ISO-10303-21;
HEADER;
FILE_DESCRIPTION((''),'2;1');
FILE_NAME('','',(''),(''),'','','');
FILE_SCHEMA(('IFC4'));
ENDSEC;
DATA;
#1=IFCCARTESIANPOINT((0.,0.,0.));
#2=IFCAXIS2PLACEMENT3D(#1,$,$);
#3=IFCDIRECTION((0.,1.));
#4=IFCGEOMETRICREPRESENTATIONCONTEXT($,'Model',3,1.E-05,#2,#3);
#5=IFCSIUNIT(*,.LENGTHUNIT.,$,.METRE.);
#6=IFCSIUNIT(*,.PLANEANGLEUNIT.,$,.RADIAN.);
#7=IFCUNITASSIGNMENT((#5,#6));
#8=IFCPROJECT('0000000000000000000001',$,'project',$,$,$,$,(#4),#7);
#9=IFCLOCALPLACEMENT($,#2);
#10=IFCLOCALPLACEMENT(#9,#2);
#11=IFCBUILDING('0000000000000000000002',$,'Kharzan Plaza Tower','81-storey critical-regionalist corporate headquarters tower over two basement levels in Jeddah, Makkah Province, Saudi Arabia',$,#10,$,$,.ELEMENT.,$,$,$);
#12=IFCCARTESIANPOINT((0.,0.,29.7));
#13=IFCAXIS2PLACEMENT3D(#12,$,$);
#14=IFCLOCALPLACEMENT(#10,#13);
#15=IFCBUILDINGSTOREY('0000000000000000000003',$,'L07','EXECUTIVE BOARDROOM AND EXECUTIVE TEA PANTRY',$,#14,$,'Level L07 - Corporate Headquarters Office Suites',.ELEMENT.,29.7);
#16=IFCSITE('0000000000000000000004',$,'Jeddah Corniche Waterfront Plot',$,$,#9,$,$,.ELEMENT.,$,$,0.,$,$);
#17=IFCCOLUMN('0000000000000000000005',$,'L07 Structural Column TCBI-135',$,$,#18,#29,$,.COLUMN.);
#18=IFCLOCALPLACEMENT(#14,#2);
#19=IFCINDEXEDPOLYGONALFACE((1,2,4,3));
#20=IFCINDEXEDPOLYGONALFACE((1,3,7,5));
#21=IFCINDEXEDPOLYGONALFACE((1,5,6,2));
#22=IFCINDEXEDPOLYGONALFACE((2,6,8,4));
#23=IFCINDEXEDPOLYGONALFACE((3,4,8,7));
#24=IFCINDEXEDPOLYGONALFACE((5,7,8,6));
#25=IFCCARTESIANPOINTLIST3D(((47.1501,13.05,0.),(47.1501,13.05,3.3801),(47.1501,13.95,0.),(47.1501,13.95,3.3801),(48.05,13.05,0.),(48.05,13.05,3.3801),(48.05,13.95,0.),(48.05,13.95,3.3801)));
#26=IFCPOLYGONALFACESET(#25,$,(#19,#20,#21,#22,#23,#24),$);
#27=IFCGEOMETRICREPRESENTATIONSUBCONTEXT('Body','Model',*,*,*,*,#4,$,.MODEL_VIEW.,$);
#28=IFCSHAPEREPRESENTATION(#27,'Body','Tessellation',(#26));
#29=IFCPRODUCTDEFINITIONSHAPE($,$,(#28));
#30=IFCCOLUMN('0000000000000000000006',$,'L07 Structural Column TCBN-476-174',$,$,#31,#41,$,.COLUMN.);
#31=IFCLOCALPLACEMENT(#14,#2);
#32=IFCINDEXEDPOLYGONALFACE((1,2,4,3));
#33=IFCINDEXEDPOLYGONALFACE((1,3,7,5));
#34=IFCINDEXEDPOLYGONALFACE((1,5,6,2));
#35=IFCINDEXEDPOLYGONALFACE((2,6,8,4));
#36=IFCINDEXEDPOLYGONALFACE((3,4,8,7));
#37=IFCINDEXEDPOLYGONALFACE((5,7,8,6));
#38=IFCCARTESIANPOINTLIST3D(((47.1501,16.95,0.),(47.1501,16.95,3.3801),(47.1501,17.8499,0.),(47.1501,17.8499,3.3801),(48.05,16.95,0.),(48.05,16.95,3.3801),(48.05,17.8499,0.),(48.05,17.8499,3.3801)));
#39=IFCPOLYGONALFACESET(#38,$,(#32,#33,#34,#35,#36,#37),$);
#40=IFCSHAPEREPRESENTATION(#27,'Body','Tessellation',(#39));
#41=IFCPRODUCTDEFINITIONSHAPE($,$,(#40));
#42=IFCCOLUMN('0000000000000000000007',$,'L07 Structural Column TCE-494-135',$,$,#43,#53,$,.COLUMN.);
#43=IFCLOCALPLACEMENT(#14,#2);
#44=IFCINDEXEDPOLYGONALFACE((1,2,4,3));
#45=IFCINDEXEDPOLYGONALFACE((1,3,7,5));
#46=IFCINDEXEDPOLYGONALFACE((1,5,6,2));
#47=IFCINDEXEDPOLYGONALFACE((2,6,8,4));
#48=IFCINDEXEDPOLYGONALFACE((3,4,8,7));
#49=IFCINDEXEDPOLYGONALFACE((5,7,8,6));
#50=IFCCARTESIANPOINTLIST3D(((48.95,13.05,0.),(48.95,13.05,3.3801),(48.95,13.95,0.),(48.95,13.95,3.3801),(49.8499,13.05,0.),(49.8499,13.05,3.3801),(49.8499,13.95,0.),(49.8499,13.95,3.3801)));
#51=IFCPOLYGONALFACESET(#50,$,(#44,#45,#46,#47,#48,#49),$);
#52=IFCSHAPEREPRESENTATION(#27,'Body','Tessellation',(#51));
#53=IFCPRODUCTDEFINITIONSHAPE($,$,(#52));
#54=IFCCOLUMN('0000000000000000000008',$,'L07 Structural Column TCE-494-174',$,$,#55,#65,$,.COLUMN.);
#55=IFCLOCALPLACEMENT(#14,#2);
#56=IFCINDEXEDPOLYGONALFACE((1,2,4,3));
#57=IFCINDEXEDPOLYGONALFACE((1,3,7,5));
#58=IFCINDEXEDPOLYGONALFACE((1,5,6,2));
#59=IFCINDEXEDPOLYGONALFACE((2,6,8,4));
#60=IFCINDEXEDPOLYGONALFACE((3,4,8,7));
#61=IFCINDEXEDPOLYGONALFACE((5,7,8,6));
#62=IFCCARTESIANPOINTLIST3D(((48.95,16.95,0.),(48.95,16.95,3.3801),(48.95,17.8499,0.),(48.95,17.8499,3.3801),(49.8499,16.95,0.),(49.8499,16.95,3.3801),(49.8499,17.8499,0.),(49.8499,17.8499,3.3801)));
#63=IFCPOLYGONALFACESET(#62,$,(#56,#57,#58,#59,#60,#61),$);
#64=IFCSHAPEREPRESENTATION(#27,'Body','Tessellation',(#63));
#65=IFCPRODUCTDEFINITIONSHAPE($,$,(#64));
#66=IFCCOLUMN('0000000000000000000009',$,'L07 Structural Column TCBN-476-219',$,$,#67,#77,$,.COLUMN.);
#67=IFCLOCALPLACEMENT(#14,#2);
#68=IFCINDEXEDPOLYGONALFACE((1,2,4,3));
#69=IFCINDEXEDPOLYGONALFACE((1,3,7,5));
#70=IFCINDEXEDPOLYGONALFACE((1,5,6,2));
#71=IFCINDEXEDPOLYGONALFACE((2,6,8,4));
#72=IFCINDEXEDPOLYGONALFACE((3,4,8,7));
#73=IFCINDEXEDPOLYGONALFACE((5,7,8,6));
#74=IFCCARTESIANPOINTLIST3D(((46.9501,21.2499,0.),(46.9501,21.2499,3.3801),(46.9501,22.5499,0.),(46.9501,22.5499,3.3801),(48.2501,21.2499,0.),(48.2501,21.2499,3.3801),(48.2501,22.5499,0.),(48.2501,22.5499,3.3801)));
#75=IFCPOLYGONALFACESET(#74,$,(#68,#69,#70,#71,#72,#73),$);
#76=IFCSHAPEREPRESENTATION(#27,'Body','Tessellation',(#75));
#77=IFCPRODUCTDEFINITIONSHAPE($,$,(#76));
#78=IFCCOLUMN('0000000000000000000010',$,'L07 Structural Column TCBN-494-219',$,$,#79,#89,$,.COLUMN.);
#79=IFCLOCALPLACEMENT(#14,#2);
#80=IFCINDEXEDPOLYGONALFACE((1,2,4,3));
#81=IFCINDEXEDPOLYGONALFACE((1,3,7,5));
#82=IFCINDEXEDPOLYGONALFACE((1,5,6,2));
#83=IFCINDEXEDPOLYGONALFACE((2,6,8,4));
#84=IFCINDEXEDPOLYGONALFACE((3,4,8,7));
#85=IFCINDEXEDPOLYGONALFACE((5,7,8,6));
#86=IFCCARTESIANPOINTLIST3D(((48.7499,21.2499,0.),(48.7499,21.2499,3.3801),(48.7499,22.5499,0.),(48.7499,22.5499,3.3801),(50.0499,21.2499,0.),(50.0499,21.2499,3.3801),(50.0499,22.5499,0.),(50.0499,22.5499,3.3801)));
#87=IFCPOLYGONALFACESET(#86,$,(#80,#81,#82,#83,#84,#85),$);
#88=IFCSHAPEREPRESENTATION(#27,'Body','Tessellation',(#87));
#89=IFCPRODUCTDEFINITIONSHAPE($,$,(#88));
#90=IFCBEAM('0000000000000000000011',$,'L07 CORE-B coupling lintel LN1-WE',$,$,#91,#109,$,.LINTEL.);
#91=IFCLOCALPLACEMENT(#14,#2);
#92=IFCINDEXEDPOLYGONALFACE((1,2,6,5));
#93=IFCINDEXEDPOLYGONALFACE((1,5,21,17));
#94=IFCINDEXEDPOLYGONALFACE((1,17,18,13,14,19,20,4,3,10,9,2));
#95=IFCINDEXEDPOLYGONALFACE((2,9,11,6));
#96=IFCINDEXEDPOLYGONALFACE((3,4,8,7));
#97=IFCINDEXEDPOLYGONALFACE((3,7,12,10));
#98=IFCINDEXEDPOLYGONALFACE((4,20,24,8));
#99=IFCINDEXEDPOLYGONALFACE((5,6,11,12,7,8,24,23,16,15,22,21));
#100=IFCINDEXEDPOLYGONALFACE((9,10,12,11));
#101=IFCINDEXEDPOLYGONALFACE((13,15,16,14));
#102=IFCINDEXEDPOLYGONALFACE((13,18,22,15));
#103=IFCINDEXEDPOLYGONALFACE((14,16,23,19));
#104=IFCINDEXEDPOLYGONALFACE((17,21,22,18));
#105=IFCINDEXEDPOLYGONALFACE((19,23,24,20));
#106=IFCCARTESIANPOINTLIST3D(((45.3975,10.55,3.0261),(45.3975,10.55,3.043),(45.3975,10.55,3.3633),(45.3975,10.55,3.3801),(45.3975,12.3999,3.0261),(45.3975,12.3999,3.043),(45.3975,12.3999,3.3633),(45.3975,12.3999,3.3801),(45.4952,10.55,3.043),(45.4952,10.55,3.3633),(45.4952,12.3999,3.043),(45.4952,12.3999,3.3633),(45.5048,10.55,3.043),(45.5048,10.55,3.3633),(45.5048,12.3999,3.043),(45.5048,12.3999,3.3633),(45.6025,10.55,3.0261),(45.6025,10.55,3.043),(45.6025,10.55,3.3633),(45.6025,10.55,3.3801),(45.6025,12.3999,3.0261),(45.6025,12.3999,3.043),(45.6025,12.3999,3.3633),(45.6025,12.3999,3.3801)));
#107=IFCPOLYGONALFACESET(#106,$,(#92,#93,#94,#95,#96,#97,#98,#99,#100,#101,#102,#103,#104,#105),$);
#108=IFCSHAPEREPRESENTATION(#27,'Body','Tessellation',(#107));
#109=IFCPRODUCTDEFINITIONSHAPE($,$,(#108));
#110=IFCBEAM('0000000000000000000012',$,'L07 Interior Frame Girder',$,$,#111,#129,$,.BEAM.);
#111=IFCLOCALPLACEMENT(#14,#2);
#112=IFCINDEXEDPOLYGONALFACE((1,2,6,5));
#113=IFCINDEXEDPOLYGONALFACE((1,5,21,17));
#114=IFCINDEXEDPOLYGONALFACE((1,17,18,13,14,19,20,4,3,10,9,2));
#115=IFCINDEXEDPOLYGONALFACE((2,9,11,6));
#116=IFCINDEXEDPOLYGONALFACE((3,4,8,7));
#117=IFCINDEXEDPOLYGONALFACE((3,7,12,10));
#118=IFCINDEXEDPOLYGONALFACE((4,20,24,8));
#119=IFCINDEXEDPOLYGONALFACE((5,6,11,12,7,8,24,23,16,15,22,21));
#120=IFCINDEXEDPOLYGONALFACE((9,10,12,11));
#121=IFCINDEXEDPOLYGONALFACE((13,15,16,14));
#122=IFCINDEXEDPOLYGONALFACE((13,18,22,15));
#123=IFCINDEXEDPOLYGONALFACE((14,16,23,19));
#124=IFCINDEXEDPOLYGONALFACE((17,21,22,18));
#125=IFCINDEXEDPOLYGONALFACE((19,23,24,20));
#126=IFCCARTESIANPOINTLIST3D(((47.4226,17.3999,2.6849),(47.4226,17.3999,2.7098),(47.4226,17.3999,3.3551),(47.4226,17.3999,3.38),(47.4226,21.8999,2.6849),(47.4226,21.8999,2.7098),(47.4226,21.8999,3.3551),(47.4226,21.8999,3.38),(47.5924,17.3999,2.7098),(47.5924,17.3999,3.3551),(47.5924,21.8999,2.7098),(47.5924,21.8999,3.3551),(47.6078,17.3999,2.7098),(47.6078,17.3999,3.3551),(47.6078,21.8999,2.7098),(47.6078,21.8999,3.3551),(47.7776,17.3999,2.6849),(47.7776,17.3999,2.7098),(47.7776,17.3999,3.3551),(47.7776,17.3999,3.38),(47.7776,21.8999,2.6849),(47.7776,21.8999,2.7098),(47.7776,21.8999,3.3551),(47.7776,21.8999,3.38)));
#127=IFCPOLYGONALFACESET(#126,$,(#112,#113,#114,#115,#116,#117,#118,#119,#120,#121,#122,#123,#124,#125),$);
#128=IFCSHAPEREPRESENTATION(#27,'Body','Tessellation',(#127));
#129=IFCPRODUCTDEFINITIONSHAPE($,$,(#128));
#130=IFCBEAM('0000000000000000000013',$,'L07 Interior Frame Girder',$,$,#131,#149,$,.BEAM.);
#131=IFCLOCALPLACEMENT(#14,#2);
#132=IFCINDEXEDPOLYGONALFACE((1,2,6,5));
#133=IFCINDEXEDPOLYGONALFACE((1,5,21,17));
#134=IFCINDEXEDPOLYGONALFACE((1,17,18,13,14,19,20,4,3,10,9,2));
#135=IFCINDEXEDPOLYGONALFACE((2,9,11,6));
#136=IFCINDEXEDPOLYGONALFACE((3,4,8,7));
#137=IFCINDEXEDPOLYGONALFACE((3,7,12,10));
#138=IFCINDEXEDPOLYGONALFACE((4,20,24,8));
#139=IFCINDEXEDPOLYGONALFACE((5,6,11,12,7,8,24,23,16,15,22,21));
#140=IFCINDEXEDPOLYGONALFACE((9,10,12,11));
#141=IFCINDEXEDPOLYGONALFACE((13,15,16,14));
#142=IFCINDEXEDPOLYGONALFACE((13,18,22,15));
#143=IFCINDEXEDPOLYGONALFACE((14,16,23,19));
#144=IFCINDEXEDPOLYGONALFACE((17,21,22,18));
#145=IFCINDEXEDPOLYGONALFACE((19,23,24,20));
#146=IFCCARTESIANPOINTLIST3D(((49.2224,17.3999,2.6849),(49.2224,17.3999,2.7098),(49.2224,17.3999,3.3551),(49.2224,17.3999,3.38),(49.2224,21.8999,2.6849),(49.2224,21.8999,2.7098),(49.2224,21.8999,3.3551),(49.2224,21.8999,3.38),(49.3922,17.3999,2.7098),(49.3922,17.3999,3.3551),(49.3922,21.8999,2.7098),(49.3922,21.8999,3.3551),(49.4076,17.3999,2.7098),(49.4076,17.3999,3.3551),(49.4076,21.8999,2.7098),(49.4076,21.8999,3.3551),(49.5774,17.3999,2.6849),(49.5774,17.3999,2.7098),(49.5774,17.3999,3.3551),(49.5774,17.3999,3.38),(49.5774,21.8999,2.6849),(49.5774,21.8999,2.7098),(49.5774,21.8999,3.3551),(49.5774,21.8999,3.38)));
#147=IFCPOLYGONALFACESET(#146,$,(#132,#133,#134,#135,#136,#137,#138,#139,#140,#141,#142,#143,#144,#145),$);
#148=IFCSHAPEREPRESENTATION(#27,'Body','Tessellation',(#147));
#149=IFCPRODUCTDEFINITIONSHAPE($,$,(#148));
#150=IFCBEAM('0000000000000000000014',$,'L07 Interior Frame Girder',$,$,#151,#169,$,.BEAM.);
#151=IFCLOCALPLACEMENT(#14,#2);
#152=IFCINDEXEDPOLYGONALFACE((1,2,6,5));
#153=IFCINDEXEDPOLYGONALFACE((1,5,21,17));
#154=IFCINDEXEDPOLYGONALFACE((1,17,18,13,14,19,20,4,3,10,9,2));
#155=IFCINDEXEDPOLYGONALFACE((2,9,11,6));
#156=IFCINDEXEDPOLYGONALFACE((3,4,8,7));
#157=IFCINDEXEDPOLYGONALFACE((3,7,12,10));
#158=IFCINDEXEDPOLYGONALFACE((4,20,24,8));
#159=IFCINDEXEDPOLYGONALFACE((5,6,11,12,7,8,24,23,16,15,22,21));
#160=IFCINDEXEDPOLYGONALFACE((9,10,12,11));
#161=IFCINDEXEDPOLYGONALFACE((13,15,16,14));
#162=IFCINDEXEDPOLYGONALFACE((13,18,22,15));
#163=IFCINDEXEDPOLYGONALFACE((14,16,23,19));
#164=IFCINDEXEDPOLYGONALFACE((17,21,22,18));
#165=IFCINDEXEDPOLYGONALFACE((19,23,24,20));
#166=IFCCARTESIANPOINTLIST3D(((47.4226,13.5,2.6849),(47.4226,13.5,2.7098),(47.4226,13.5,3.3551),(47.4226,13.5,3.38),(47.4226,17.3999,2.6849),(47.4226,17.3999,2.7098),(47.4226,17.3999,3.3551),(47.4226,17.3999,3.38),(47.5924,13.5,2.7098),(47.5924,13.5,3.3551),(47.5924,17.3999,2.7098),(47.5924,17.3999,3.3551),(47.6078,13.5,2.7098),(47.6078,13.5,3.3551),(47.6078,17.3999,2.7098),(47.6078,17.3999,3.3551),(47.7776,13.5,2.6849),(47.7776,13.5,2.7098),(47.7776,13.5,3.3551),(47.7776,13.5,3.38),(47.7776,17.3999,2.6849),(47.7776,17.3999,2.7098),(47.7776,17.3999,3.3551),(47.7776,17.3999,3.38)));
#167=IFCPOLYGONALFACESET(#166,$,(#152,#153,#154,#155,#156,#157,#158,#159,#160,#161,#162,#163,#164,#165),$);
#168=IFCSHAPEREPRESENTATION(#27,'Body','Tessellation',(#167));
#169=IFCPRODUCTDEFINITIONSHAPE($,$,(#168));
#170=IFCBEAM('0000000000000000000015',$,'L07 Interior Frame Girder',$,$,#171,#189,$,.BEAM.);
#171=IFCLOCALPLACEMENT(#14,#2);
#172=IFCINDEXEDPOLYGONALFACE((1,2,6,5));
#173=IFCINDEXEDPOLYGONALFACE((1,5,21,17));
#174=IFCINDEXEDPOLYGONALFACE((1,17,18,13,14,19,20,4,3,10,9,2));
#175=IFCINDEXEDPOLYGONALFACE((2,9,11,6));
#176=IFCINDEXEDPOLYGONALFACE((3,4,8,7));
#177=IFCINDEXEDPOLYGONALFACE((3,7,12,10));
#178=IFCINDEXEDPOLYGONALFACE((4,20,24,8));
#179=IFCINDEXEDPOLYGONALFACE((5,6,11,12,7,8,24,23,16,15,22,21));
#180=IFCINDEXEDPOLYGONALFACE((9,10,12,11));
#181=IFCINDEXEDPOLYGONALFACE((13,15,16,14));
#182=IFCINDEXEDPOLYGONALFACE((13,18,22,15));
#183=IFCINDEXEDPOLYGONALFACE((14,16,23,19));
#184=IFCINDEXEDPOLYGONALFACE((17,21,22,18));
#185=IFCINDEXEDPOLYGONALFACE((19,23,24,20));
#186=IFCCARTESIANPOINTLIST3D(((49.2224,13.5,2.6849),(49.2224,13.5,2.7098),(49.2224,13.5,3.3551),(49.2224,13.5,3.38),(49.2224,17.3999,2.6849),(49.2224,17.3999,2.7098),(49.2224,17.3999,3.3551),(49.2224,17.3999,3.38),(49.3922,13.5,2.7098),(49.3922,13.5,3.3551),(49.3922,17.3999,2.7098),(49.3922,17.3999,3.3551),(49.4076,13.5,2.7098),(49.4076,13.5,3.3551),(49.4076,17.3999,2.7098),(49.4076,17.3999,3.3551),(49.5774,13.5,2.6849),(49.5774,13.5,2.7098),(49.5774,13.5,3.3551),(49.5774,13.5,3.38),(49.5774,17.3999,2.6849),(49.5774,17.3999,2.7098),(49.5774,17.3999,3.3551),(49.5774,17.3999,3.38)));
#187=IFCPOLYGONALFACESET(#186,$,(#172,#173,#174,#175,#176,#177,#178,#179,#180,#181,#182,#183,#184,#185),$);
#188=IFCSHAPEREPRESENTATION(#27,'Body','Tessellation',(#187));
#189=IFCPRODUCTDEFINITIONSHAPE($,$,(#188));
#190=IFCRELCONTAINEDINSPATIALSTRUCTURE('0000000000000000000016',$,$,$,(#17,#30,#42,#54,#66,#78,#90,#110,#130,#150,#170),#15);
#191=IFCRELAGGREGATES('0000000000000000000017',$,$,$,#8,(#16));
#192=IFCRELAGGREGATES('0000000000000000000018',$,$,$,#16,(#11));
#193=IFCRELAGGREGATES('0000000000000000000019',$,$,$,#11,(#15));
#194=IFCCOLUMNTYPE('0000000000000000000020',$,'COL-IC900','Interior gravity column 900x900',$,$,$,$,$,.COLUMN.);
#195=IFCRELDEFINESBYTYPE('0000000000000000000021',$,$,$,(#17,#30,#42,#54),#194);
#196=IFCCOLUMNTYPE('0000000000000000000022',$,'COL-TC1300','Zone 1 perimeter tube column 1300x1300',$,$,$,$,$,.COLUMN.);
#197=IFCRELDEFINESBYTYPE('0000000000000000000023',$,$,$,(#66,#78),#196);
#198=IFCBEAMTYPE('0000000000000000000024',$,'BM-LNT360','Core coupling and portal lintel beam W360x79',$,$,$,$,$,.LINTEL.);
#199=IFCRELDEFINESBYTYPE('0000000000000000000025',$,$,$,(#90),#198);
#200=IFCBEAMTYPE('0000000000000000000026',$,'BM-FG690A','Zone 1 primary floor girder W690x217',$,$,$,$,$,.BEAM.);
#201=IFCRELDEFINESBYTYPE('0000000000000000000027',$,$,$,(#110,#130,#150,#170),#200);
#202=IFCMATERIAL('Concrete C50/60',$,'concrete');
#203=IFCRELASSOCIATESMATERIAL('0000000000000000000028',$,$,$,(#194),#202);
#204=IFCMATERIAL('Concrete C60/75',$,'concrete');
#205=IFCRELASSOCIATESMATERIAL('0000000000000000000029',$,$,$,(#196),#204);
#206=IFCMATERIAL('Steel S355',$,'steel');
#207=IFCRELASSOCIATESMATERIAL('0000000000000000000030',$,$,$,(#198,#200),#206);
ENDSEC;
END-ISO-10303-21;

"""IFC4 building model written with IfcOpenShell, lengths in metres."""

from ifc_helpers import new_model, si_unit, direction, frame, origin, origin_2d, place, context, subcontext, project, spatial, rectangle, i_section, extrude, source, transform, mapped, material, material_profile, profile_set, type_object, element, save


model = new_model("IFC4")

# Units and contexts
model_context = context("Model", 3, precision=1e-05, world=origin(), true_north=direction((0.0, 1.0)))
body_context = subcontext(model_context, "Body", "Model", "MODEL_VIEW")
ifc_project = project(units=[si_unit("LENGTHUNIT", "METRE"), si_unit("PLANEANGLEUNIT", "RADIAN")], contexts=[model_context])

# Site, building, storey
site_placement = place(None, origin())
site = spatial("IfcSite", under=ifc_project, at=site_placement, Name="Jeddah Corniche Waterfront Plot", CompositionType="ELEMENT", RefElevation=0.0)
building_placement = place(site_placement, origin())
building = spatial("IfcBuilding", under=site, at=building_placement, Name="Kharzan Plaza Tower", Description="81-storey critical-regionalist corporate headquarters tower over two basement levels in Jeddah, Makkah Province, Saudi Arabia", CompositionType="ELEMENT")
storey_placement = place(building_placement, frame((0.0, 0.0, 29.7)))
storey = spatial("IfcBuildingStorey", under=building, at=storey_placement, Name="L07", Description="EXECUTIVE BOARDROOM AND EXECUTIVE TEA PANTRY", LongName="Level L07 - Corporate Headquarters Office Suites", CompositionType="ELEMENT", Elevation=29.7)

# Columns
ifc_material_1 = material(Name="Concrete C50/60", Category="concrete")
ifc_material_profile_1 = material_profile(ifc_material_1, rectangle(XDim=0.8999, YDim=0.8999, at=origin_2d()), Name="RC-IC900x900")
ifc_profile_set_1 = profile_set([ifc_material_profile_1], Name="Concrete C50/60")
column_type_1 = type_object("IfcColumnType", Name="COL-IC900", Description="Interior gravity column 900x900", PredefinedType="COLUMN", material=ifc_profile_set_1)
shared_shape_1 = source(origin(), body_context, "Body", "SweptSolid", [
    extrude(rectangle(XDim=0.8999, YDim=0.8999, at=origin_2d()), origin(), (0.0, 0.0, 1.0), 3.3801),
])
for number, where, z_axis, x_axis, name in (
    (1, (47.6001, 13.5, 0.0), (0.0, 0.0, 1.0), (1.0, 0.0, 0.0), "L07 Structural Column TCBI-135"),
    (2, (47.6001, 17.3999, 0.0), (0.0, 0.0, 1.0), (1.0, 0.0, 0.0), "L07 Structural Column TCBN-476-174"),
    (3, (49.3999, 13.5, 0.0), (0.0, 0.0, 1.0), (1.0, 0.0, 0.0), "L07 Structural Column TCE-494-135"),
    (4, (49.3999, 17.3999, 0.0), (0.0, 0.0, 1.0), (1.0, 0.0, 0.0), "L07 Structural Column TCE-494-174"),
):
    element("IfcColumn", number, at=place(storey_placement, frame(where, z_axis=z_axis, x_axis=x_axis)), inside=storey, type_object=column_type_1, Name=name, PredefinedType="COLUMN", context=body_context, shape_type="MappedRepresentation", body=[
        mapped(shared_shape_1, transform((0.0, 0.0, 0.0), x_axis=(1.0, 0.0, 0.0), y_axis=(0.0, 1.0, 0.0), z_axis=(0.0, 0.0, 1.0))),
    ])
ifc_material_2 = material(Name="Concrete C60/75", Category="concrete")
ifc_material_profile_2 = material_profile(ifc_material_2, rectangle(XDim=1.3, YDim=1.3, at=origin_2d()), Name="RC-TC1300x1300")
ifc_profile_set_2 = profile_set([ifc_material_profile_2], Name="Concrete C60/75")
column_type_2 = type_object("IfcColumnType", Name="COL-TC1300", Description="Zone 1 perimeter tube column 1300x1300", PredefinedType="COLUMN", material=ifc_profile_set_2)
shared_shape_2 = source(origin(), body_context, "Body", "SweptSolid", [
    extrude(rectangle(XDim=1.3, YDim=1.3, at=origin_2d()), origin(), (0.0, 0.0, 1.0), 3.3801),
])
for number, where, z_axis, x_axis, name in (
    (5, (47.6001, 21.8999, 0.0), (0.0, 0.0, 1.0), (1.0, 0.0, 0.0), "L07 Structural Column TCBN-476-219"),
    (6, (49.3999, 21.8999, 0.0), (0.0, 0.0, 1.0), (1.0, 0.0, 0.0), "L07 Structural Column TCBN-494-219"),
):
    element("IfcColumn", number, at=place(storey_placement, frame(where, z_axis=z_axis, x_axis=x_axis)), inside=storey, type_object=column_type_2, Name=name, PredefinedType="COLUMN", context=body_context, shape_type="MappedRepresentation", body=[
        mapped(shared_shape_2, transform((0.0, 0.0, 0.0), x_axis=(1.0, 0.0, 0.0), y_axis=(0.0, 1.0, 0.0), z_axis=(0.0, 0.0, 1.0))),
    ])

# Beams
ifc_material_3 = material(Name="Steel S355", Category="steel")
ifc_material_profile_3 = material_profile(ifc_material_3, i_section(OverallWidth=0.2051, OverallDepth=0.354, WebThickness=0.0095, FlangeThickness=0.0168, at=origin_2d()), Name="W360x79")
ifc_profile_set_3 = profile_set([ifc_material_profile_3], Name="Steel S355")
beam_type_1 = type_object("IfcBeamType", Name="BM-LNT360", Description="Core coupling and portal lintel beam W360x79", PredefinedType="LINTEL", material=ifc_profile_set_3)
shared_shape_3 = source(origin(), body_context, "Body", "SweptSolid", [
    extrude(i_section(OverallWidth=0.2051, OverallDepth=0.354, WebThickness=0.0095, FlangeThickness=0.0168, at=origin_2d()), origin(), (0.0, 0.0, 1.0), 1.8499),
])
beam_1_placement = place(storey_placement, frame((45.5, 10.55, 3.2031), z_axis=(0.0, 1.0, 0.0), x_axis=(-1.0, 0.0, 0.0)))
element("IfcBeam", 7, at=beam_1_placement, inside=storey, type_object=beam_type_1, Name="L07 CORE-B coupling lintel LN1-WE", PredefinedType="LINTEL", context=body_context, shape_type="MappedRepresentation", body=[
    mapped(shared_shape_3, transform((0.0, 0.0, 0.0), x_axis=(1.0, 0.0, 0.0), y_axis=(0.0, 1.0, 0.0), z_axis=(0.0, 0.0, 1.0))),
])
ifc_material_profile_4 = material_profile(ifc_material_3, i_section(OverallWidth=0.355, OverallDepth=0.6951, WebThickness=0.0154, FlangeThickness=0.0249, at=origin_2d()), Name="W690x217")
ifc_profile_set_4 = profile_set([ifc_material_profile_4], Name="Steel S355")
beam_type_2 = type_object("IfcBeamType", Name="BM-FG690A", Description="Zone 1 primary floor girder W690x217", PredefinedType="BEAM", material=ifc_profile_set_4)
shared_shape_4 = source(origin(), body_context, "Body", "SweptSolid", [
    extrude(i_section(OverallWidth=0.355, OverallDepth=0.6951, WebThickness=0.0154, FlangeThickness=0.0249, at=origin_2d()), origin(), (0.0, 0.0, 1.0), 4.5),
])
for number, where, z_axis, x_axis, name in (
    (8, (47.6001, 17.3999, 3.0325), (0.0, 1.0, 0.0), (-1.0, 0.0, 0.0), "L07 Interior Frame Girder"),
    (9, (49.3999, 17.3999, 3.0325), (0.0, 1.0, 0.0), (-1.0, 0.0, 0.0), "L07 Interior Frame Girder"),
):
    element("IfcBeam", number, at=place(storey_placement, frame(where, z_axis=z_axis, x_axis=x_axis)), inside=storey, type_object=beam_type_2, Name=name, PredefinedType="BEAM", context=body_context, shape_type="MappedRepresentation", body=[
        mapped(shared_shape_4, transform((0.0, 0.0, 0.0), x_axis=(1.0, 0.0, 0.0), y_axis=(0.0, 1.0, 0.0), z_axis=(0.0, 0.0, 1.0))),
    ])
shared_shape_5 = source(origin(), body_context, "Body", "SweptSolid", [
    extrude(i_section(OverallWidth=0.355, OverallDepth=0.6951, WebThickness=0.0154, FlangeThickness=0.0249, at=origin_2d()), origin(), (0.0, 0.0, 1.0), 3.8999),
])
for number, where, z_axis, x_axis, name in (
    (10, (47.6001, 13.5, 3.0325), (0.0, 1.0, 0.0), (-1.0, 0.0, 0.0), "L07 Interior Frame Girder"),
    (11, (49.3999, 13.5, 3.0325), (0.0, 1.0, 0.0), (-1.0, 0.0, 0.0), "L07 Interior Frame Girder"),
):
    element("IfcBeam", number, at=place(storey_placement, frame(where, z_axis=z_axis, x_axis=x_axis)), inside=storey, type_object=beam_type_2, Name=name, PredefinedType="BEAM", context=body_context, shape_type="MappedRepresentation", body=[
        mapped(shared_shape_5, transform((0.0, 0.0, 0.0), x_axis=(1.0, 0.0, 0.0), y_axis=(0.0, 1.0, 0.0), z_axis=(0.0, 0.0, 1.0))),
    ])

save(model, "model.ifc")
